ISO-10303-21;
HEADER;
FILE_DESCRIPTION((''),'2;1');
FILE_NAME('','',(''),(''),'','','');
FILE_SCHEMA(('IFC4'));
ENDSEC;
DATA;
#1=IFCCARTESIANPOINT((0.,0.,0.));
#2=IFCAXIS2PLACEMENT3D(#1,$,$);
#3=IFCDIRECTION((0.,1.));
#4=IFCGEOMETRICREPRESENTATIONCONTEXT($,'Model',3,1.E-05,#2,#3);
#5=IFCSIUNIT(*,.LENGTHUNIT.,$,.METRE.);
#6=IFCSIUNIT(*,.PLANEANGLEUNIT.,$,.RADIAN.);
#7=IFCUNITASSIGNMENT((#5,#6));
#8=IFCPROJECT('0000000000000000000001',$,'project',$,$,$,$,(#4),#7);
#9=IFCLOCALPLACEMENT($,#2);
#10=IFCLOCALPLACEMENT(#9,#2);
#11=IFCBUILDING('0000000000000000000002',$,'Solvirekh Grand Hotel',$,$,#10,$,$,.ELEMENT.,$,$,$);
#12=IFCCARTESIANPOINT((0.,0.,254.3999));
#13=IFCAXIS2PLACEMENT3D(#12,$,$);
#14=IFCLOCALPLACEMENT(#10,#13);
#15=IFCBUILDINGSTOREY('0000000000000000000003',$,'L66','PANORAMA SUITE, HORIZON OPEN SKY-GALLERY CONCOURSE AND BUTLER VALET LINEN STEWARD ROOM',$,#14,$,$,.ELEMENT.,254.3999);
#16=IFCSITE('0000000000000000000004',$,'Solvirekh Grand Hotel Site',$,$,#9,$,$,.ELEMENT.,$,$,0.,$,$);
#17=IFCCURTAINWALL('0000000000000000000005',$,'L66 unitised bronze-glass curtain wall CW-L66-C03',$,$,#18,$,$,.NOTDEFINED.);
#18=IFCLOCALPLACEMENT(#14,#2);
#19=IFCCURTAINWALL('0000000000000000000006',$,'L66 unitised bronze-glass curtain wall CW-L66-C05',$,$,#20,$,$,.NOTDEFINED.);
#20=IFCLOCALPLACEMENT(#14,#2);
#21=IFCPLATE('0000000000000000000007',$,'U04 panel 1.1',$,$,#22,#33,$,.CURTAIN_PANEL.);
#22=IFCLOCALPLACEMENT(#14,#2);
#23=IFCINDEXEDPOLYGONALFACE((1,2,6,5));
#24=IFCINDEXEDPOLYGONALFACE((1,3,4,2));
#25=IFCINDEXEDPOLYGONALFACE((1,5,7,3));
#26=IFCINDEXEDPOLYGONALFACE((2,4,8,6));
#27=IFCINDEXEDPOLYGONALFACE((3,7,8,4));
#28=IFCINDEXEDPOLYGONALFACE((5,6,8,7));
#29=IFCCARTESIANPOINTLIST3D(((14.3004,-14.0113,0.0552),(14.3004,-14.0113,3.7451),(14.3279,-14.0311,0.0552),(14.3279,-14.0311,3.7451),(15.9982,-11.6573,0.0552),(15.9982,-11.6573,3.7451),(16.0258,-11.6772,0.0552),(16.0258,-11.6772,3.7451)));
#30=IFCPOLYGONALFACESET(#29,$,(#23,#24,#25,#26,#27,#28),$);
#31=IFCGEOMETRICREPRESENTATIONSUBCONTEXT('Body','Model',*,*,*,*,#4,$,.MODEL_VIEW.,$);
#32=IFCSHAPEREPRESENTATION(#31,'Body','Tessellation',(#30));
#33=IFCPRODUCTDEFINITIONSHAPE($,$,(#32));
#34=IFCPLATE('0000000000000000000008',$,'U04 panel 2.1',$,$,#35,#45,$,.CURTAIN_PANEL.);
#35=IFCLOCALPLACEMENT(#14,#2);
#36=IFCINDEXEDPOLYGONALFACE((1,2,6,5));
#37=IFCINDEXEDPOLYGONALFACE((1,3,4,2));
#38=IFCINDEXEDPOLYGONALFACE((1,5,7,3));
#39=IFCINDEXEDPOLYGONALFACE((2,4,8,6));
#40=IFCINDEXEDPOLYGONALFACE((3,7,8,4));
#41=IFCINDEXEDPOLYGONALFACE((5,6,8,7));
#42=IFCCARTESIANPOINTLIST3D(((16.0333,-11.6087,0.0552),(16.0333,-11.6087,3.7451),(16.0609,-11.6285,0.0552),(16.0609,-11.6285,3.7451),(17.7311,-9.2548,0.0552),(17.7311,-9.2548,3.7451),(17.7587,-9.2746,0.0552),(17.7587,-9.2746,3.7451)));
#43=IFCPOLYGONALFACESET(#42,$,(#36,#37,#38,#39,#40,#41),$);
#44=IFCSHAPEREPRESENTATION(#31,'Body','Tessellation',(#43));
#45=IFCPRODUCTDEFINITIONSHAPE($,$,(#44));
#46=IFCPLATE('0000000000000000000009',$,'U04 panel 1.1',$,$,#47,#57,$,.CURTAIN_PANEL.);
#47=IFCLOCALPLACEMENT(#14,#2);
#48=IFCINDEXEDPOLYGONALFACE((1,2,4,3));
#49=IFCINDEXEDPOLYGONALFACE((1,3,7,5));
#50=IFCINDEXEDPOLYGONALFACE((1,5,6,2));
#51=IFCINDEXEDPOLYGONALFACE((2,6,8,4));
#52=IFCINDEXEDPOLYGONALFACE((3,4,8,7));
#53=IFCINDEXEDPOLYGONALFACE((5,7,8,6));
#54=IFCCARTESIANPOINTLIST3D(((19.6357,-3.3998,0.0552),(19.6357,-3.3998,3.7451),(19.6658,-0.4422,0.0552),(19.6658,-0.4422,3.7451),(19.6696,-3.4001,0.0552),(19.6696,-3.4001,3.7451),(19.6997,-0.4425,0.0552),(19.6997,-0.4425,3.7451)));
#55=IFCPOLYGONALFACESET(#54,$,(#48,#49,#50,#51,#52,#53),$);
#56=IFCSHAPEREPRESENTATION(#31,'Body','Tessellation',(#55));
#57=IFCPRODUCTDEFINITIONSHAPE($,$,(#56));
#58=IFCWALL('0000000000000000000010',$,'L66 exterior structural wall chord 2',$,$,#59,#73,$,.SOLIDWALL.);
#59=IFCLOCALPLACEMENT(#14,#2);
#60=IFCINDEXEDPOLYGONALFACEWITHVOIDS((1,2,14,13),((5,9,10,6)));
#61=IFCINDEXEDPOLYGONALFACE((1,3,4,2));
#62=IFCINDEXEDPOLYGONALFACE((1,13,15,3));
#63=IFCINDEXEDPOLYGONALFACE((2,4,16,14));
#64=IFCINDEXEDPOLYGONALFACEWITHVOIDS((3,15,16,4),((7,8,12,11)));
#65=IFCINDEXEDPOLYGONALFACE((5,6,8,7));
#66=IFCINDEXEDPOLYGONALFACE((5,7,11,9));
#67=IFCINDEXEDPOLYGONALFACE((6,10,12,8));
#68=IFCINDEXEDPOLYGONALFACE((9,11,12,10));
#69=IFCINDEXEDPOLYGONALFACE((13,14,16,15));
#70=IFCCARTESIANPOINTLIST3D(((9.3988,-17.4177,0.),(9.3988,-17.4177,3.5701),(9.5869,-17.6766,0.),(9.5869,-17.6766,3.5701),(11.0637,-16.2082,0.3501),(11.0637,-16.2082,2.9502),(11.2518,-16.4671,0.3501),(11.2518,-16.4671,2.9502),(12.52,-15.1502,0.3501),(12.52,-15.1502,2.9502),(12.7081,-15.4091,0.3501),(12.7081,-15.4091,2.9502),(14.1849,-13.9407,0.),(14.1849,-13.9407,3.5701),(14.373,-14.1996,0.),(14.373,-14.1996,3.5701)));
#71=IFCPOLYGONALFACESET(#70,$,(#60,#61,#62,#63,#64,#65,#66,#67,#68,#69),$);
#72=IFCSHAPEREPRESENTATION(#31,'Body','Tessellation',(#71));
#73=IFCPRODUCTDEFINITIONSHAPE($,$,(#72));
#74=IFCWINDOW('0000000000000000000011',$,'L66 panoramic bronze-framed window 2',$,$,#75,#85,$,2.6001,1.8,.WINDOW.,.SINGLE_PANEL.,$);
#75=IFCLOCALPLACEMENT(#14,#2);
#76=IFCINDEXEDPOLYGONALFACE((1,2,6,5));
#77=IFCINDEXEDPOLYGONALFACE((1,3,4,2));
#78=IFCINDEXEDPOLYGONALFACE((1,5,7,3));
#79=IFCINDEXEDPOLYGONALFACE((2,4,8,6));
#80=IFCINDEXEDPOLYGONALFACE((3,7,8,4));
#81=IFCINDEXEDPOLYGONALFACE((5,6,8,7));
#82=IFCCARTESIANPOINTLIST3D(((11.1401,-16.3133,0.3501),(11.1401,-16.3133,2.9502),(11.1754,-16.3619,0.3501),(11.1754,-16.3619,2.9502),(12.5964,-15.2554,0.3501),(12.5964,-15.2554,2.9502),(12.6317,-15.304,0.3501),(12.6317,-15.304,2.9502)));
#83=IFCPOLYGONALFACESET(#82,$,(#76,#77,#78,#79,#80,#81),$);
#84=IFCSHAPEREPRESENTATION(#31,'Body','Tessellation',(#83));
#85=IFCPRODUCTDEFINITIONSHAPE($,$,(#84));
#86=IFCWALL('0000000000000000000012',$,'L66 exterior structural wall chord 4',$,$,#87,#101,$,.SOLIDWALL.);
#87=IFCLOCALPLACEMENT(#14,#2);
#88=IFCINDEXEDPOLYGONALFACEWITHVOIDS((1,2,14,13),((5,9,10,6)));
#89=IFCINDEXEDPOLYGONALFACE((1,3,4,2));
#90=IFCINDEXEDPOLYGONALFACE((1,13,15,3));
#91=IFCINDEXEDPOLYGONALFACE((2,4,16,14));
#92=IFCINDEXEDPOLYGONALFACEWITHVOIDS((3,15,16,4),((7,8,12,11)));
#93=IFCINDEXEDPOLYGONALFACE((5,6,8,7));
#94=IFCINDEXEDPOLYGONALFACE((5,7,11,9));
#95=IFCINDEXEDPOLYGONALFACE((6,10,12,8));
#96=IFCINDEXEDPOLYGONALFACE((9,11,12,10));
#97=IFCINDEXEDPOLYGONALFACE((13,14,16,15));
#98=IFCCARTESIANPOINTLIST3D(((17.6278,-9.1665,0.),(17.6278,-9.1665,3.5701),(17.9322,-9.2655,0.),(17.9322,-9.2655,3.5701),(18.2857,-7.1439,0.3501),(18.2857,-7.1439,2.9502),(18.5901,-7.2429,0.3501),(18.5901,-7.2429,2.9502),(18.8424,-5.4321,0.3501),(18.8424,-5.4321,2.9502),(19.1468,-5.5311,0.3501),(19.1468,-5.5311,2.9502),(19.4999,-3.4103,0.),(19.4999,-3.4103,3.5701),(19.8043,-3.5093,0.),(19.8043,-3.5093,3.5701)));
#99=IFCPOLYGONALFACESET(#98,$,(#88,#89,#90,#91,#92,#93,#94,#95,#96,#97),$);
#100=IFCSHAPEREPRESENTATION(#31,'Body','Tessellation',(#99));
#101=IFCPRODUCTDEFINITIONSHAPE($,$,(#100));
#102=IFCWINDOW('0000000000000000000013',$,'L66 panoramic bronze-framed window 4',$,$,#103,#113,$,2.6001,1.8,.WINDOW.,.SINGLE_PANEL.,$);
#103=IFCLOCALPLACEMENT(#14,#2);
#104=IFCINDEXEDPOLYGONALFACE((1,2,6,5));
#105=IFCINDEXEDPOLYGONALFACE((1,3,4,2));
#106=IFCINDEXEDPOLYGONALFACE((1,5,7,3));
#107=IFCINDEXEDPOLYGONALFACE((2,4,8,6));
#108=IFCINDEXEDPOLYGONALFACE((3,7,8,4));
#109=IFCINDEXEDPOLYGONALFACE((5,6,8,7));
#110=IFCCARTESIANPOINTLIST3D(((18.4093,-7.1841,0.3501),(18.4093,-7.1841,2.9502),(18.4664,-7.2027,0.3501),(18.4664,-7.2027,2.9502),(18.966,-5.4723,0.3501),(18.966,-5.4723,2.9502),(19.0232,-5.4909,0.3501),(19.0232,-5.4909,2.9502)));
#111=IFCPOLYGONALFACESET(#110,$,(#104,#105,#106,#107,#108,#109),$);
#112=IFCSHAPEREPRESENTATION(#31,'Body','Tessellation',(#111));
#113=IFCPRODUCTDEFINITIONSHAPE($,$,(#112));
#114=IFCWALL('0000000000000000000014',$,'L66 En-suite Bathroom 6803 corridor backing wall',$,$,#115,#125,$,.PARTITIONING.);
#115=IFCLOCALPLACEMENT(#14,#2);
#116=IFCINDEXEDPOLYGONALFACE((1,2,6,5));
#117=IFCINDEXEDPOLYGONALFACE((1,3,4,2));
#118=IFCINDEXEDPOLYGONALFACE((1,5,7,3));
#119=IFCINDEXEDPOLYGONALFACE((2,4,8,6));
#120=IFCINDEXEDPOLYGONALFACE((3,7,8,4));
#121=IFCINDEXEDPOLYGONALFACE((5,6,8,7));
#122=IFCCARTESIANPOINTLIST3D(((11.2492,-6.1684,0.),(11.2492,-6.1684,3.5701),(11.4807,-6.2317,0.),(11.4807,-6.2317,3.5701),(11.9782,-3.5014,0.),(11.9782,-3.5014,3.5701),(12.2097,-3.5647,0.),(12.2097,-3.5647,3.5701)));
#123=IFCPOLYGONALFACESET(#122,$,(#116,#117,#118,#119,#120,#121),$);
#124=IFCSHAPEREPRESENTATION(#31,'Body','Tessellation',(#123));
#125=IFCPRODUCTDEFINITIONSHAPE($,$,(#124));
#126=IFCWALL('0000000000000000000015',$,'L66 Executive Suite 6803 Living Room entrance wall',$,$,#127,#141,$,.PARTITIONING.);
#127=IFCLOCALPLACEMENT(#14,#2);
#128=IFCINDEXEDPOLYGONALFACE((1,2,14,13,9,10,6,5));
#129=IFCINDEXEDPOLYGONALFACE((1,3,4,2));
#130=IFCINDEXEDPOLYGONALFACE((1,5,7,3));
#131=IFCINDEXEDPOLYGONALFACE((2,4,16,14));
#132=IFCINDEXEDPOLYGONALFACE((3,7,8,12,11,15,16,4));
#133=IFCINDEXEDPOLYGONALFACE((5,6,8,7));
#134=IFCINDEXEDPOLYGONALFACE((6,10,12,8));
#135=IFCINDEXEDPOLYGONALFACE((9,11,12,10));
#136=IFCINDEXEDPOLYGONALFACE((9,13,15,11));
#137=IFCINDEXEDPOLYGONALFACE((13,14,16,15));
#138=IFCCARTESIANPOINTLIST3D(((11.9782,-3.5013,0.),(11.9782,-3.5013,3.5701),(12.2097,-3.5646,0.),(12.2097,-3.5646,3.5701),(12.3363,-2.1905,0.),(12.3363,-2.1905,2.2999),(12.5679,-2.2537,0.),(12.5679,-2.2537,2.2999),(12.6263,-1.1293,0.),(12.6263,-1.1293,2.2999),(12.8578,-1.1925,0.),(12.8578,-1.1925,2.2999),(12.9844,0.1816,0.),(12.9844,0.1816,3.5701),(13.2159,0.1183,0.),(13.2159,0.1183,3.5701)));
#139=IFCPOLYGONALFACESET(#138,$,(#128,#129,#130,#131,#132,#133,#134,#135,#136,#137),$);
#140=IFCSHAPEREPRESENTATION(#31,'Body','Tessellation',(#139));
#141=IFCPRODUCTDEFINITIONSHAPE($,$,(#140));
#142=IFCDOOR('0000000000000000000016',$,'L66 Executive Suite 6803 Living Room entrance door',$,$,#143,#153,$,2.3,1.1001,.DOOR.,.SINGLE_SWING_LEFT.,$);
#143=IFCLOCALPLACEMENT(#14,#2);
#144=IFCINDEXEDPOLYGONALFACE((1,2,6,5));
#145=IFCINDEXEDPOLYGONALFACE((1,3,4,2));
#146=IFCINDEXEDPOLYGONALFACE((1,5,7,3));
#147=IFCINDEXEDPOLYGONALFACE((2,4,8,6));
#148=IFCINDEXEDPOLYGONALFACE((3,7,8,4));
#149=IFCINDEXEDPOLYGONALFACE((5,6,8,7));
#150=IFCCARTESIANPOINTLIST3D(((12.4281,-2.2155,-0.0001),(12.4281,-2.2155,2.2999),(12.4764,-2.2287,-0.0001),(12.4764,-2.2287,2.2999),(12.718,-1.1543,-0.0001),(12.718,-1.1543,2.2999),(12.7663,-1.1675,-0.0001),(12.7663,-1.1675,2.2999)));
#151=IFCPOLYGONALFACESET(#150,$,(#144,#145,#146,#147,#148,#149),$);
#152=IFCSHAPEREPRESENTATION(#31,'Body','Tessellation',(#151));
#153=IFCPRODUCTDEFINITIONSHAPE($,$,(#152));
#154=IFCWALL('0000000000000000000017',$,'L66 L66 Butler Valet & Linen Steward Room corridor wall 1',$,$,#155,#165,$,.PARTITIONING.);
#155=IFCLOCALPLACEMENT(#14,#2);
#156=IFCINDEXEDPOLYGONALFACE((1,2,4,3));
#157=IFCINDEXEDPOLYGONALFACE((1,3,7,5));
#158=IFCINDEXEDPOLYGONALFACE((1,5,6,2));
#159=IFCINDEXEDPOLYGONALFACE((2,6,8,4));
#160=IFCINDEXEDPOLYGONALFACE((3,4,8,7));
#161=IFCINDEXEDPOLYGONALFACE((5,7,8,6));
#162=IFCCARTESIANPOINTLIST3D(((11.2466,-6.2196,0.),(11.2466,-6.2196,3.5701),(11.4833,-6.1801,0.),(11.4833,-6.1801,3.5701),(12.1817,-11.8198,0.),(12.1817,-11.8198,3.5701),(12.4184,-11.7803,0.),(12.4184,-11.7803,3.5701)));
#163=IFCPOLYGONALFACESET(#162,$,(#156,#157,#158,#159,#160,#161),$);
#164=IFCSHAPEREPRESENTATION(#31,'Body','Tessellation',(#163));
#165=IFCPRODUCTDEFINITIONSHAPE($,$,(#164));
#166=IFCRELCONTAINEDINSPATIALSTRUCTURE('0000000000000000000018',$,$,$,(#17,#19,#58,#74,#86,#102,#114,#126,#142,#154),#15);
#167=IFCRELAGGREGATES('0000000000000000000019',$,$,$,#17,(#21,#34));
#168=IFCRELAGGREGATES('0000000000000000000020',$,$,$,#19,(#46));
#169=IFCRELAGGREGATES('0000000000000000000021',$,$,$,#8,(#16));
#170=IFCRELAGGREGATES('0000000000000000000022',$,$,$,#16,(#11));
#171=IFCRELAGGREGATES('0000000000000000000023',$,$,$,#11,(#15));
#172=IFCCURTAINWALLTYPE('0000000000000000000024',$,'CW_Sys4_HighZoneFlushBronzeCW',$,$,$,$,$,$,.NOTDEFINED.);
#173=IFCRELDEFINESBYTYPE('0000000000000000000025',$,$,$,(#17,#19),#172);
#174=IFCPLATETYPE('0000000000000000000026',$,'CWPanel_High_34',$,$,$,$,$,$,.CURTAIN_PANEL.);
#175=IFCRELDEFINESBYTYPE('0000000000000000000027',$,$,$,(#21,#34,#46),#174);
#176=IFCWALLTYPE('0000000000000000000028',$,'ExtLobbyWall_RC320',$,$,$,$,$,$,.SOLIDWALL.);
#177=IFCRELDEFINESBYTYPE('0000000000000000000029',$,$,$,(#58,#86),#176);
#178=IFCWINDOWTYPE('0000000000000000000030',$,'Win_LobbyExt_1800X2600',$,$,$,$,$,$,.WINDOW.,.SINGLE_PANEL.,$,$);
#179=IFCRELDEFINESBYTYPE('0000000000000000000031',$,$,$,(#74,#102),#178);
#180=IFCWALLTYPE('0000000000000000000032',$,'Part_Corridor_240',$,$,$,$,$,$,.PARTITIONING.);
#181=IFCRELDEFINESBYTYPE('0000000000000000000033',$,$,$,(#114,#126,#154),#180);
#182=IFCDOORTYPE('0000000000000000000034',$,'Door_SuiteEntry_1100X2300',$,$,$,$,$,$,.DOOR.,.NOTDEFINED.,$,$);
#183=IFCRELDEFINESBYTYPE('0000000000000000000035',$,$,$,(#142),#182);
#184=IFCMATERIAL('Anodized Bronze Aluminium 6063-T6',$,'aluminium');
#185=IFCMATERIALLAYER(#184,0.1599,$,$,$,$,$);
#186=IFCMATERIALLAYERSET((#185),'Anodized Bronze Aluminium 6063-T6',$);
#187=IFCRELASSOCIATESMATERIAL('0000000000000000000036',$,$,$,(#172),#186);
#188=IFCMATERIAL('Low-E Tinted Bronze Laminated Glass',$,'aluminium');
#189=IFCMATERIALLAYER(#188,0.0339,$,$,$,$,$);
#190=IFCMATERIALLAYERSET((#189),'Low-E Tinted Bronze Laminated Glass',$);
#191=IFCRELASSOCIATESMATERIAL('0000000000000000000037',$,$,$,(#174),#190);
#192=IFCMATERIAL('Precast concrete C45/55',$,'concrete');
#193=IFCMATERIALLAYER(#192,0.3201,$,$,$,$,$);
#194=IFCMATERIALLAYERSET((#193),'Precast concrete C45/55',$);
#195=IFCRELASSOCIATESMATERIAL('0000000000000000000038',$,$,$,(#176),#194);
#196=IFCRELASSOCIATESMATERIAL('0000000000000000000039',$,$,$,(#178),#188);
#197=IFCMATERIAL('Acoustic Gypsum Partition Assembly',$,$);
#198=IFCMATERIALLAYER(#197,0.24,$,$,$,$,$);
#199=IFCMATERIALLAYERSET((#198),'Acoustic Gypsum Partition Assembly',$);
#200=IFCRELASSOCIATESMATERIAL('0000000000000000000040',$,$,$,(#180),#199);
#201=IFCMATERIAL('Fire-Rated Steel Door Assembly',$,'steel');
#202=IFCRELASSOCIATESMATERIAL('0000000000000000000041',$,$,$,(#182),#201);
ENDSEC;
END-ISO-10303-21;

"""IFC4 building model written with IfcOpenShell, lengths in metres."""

from ifc_helpers import new_model, si_unit, direction, frame, frame_2d, origin, origin_2d, place, context, subcontext, project, spatial, rectangle, extrude, source, transform, mapped, material, layer, layer_set, type_object, element, fill, aggregate, save


model = new_model("IFC4")

# Units and contexts
model_context = context("Model", 3, precision=1e-05, world=origin(), true_north=direction((0.0, 1.0)))
body_context = subcontext(model_context, "Body", "Model", "MODEL_VIEW")
ifc_project = project(units=[si_unit("LENGTHUNIT", "METRE"), si_unit("PLANEANGLEUNIT", "RADIAN")], contexts=[model_context])

# Site, building, storey
site_placement = place(None, origin())
site = spatial("IfcSite", under=ifc_project, at=site_placement, Name="Solvirekh Grand Hotel Site", CompositionType="ELEMENT", RefElevation=0.0)
building_placement = place(site_placement, origin())
building = spatial("IfcBuilding", under=site, at=building_placement, Name="Solvirekh Grand Hotel", CompositionType="ELEMENT")
storey_placement = place(building_placement, frame((0.0, 0.0, 254.3999)))
storey = spatial("IfcBuildingStorey", under=building, at=storey_placement, Name="L66", Description="PANORAMA SUITE, HORIZON OPEN SKY-GALLERY CONCOURSE AND BUTLER VALET LINEN STEWARD ROOM", CompositionType="ELEMENT", Elevation=254.3999)

# Shared definitions
ifc_material_1 = material(Name="Anodized Bronze Aluminium 6063-T6", Category="aluminium")
ifc_layer_1 = layer(ifc_material_1, 0.1599)
ifc_layer_set_1 = layer_set([ifc_layer_1], Name="Anodized Bronze Aluminium 6063-T6")
curtain_wall_type = type_object("IfcCurtainWallType", Name="CW_Sys4_HighZoneFlushBronzeCW", PredefinedType="NOTDEFINED", material=ifc_layer_set_1)

# Curtain walls
curtain_wall_1_placement = place(storey_placement, origin())
curtain_wall_1 = element("IfcCurtainWall", 1, at=curtain_wall_1_placement, inside=storey, type_object=curtain_wall_type, Name="L66 unitised bronze-glass curtain wall CW-L66-C03", PredefinedType="NOTDEFINED")
curtain_wall_2_placement = place(storey_placement, origin())
curtain_wall_2 = element("IfcCurtainWall", 2, at=curtain_wall_2_placement, inside=storey, type_object=curtain_wall_type, Name="L66 unitised bronze-glass curtain wall CW-L66-C05", PredefinedType="NOTDEFINED")

# Plates
ifc_material_2 = material(Name="Low-E Tinted Bronze Laminated Glass", Category="aluminium")
ifc_layer_2 = layer(ifc_material_2, 0.0339)
ifc_layer_set_2 = layer_set([ifc_layer_2], Name="Low-E Tinted Bronze Laminated Glass")
plate_type = type_object("IfcPlateType", Name="CWPanel_High_34", PredefinedType="CURTAIN_PANEL", material=ifc_layer_set_2)
shared_shape_1 = source(origin(), body_context, "Body", "SweptSolid", [
    extrude(rectangle(XDim=2.9023, YDim=0.0339, at=origin_2d()), origin(), (0.0, 0.0, 1.0), 3.6899),
])
plate_1_placement = place(storey_placement, frame((15.1631, -12.8442, 0.0552), z_axis=(0.0, 0.0, 1.0), x_axis=(0.584978, 0.811049, 0.0)))
plate_1 = element("IfcPlate", 3, at=plate_1_placement, type_object=plate_type, Name="U04 panel 1.1", PredefinedType="CURTAIN_PANEL", context=body_context, shape_type="MappedRepresentation", body=[
    mapped(shared_shape_1, transform((0.0, 0.0, 0.0), x_axis=(1.0, 0.0, 0.0), y_axis=(0.0, 1.0, 0.0), z_axis=(0.0, 0.0, 1.0), scale=1.0)),
])
plate_2_placement = place(storey_placement, frame((16.896, -10.4417, 0.0552), z_axis=(0.0, 0.0, 1.0), x_axis=(0.584978, 0.811049, 0.0)))
plate_2 = element("IfcPlate", 4, at=plate_2_placement, type_object=plate_type, Name="U04 panel 2.1", PredefinedType="CURTAIN_PANEL", context=body_context, shape_type="MappedRepresentation", body=[
    mapped(shared_shape_1, transform((0.0, 0.0, 0.0), x_axis=(1.0, 0.0, 0.0), y_axis=(0.0, 1.0, 0.0), z_axis=(0.0, 0.0, 1.0), scale=1.0)),
])
aggregate(curtain_wall_1, [plate_1, plate_2])
shared_shape_2 = source(origin(), body_context, "Body", "SweptSolid", [
    extrude(rectangle(XDim=2.9578, YDim=0.0339, at=origin_2d()), origin(), (0.0, 0.0, 1.0), 3.6899),
])
plate_3_placement = place(storey_placement, frame((19.6677, -1.9211, 0.0552), z_axis=(0.0, 0.0, 1.0), x_axis=(0.010172, 0.999948, 0.0)))
plate_3 = element("IfcPlate", 5, at=plate_3_placement, type_object=plate_type, Name="U04 panel 1.1", PredefinedType="CURTAIN_PANEL", context=body_context, shape_type="MappedRepresentation", body=[
    mapped(shared_shape_2, transform((0.0, 0.0, 0.0), x_axis=(1.0, 0.0, 0.0), y_axis=(0.0, 1.0, 0.0), z_axis=(0.0, 0.0, 1.0), scale=1.0)),
])
aggregate(curtain_wall_2, [plate_3])

# Walls, openings, windows
ifc_material_3 = material(Name="Precast concrete C45/55", Category="concrete")
ifc_layer_3 = layer(ifc_material_3, 0.3201)
ifc_layer_set_3 = layer_set([ifc_layer_3], Name="Precast concrete C45/55")
wall_type_1 = type_object("IfcWallType", Name="ExtLobbyWall_RC320", PredefinedType="SOLIDWALL", material=ifc_layer_set_3)
wall_1_placement = place(storey_placement, frame((14.2791, -14.0701, 0.0), z_axis=(0.0, 0.0, 1.0), x_axis=(-0.809039, -0.587754, 0.0)))
wall_1 = element("IfcWall", 6, at=wall_1_placement, inside=storey, type_object=wall_type_1, Name="L66 exterior structural wall chord 2", PredefinedType="SOLIDWALL", context=body_context, shape_type="SweptSolid", body=[
    extrude(rectangle(XDim=5.9158, YDim=0.3201, at=frame_2d((2.958, 0.0))), origin(), (0.0, 0.0, 1.0), 3.5701),
])
opening_1_placement = place(wall_1_placement, frame((2.0581, 0.0, 0.3501)))
opening_1 = element("IfcOpeningElement", 7, at=opening_1_placement, cuts=wall_1, PredefinedType="OPENING", context=body_context, shape_type="SweptSolid", body=[
    extrude(rectangle(XDim=1.8, YDim=2.6001, at=frame_2d((0.8999, 1.3))), frame((0.0, 0.1699, 0.0), z_axis=(0.0, -1.0, 0.0), x_axis=(1.0, 0.0, 0.0)), (0.0, 0.0, 1.0), 0.3401),
])
window_type = type_object("IfcWindowType", Name="Win_LobbyExt_1800X2600", PartitioningType="SINGLE_PANEL", PredefinedType="WINDOW", material=ifc_material_2)
window_1_placement = place(opening_1_placement, origin())
window_1 = element("IfcWindow", 8, at=window_1_placement, inside=storey, type_object=window_type, Name="L66 panoramic bronze-framed window 2", OverallHeight=2.6001, OverallWidth=1.8, PartitioningType="SINGLE_PANEL", PredefinedType="WINDOW", context=body_context, shape_type="SweptSolid", body=[
    extrude(rectangle(XDim=1.8, YDim=2.6001, at=frame_2d((0.8999, 1.3))), frame((0.0, 0.03, 0.0), z_axis=(0.0, -1.0, 0.0), x_axis=(1.0, 0.0, 0.0)), (0.0, 0.0, 1.0), 0.0601),
])
fill(opening_1, window_1)
wall_2_placement = place(storey_placement, frame((19.6521, -3.46, 0.0), z_axis=(0.0, 0.0, 1.0), x_axis=(-0.309286, -0.950969, 0.0)))
wall_2 = element("IfcWall", 9, at=wall_2_placement, inside=storey, type_object=wall_type_1, Name="L66 exterior structural wall chord 4", PredefinedType="SOLIDWALL", context=body_context, shape_type="SweptSolid", body=[
    extrude(rectangle(XDim=6.053, YDim=0.3201, at=frame_2d((3.0264, 0.0))), origin(), (0.0, 0.0, 1.0), 3.5701),
])
opening_2_placement = place(wall_2_placement, frame((2.126, 0.0, 0.3501)))
opening_2 = element("IfcOpeningElement", 10, at=opening_2_placement, cuts=wall_2, PredefinedType="OPENING", context=body_context, shape_type="SweptSolid", body=[
    extrude(rectangle(XDim=1.8, YDim=2.6001, at=frame_2d((0.8999, 1.3))), frame((0.0, 0.1699, 0.0), z_axis=(0.0, -1.0, 0.0), x_axis=(1.0, 0.0, 0.0)), (0.0, 0.0, 1.0), 0.3401),
])
window_2_placement = place(opening_2_placement, origin())
window_2 = element("IfcWindow", 11, at=window_2_placement, inside=storey, type_object=window_type, Name="L66 panoramic bronze-framed window 4", OverallHeight=2.6001, OverallWidth=1.8, PartitioningType="SINGLE_PANEL", PredefinedType="WINDOW", context=body_context, shape_type="SweptSolid", body=[
    extrude(rectangle(XDim=1.8, YDim=2.6001, at=frame_2d((0.8999, 1.3))), frame((0.0, 0.03, 0.0), z_axis=(0.0, -1.0, 0.0), x_axis=(1.0, 0.0, 0.0)), (0.0, 0.0, 1.0), 0.0601),
])
fill(opening_2, window_2)

# Wall
ifc_material_4 = material(Name="Acoustic Gypsum Partition Assembly")
ifc_layer_4 = layer(ifc_material_4, 0.24)
ifc_layer_set_4 = layer_set([ifc_layer_4], Name="Acoustic Gypsum Partition Assembly")
wall_type_2 = type_object("IfcWallType", Name="Part_Corridor_240", PredefinedType="PARTITIONING", material=ifc_layer_set_4)
wall_3_placement = place(storey_placement, frame((11.365, -6.2, 0.0), z_axis=(0.0, 0.0, 1.0), x_axis=(0.26367, 0.964613, 0.0)))
element("IfcWall", 12, at=wall_3_placement, inside=storey, type_object=wall_type_2, Name="L66 En-suite Bathroom 6803 corridor backing wall", PredefinedType="PARTITIONING", context=body_context, shape_type="SweptSolid", body=[
    extrude(rectangle(XDim=2.7649, YDim=0.24, at=frame_2d((1.3823, 0.0))), origin(), (0.0, 0.0, 1.0), 3.5701),
])

# Wall, opening, door
wall_4_placement = place(storey_placement, frame((12.094, -3.533, 0.0), z_axis=(0.0, 0.0, 1.0), x_axis=(0.263529, 0.964652, 0.0)))
wall_4 = element("IfcWall", 13, at=wall_4_placement, inside=storey, type_object=wall_type_2, Name="L66 Executive Suite 6803 Living Room entrance wall", PredefinedType="PARTITIONING", context=body_context, shape_type="SweptSolid", body=[
    extrude(rectangle(XDim=3.8179, YDim=0.24, at=frame_2d((1.9089, 0.0))), origin(), (0.0, 0.0, 1.0), 3.5701),
])
opening_3_placement = place(wall_4_placement, frame((1.3589, 0.0, 0.0)))
opening_3 = element("IfcOpeningElement", 14, at=opening_3_placement, cuts=wall_4, PredefinedType="OPENING", context=body_context, shape_type="SweptSolid", body=[
    extrude(rectangle(XDim=1.1001, YDim=2.3, at=frame_2d((0.55, 1.1499))), frame((0.0, 0.1299, 0.0), z_axis=(0.0, -1.0, 0.0), x_axis=(1.0, 0.0, 0.0)), (0.0, 0.0, 1.0), 0.26),
])
ifc_material_5 = material(Name="Fire-Rated Steel Door Assembly", Category="steel")
door_type_1 = type_object("IfcDoorType", Name="Door_SuiteEntry_1100X2300", OperationType="NOTDEFINED", PredefinedType="DOOR", material=ifc_material_5)
door_1_placement = place(opening_3_placement, origin())
door_1 = element("IfcDoor", 15, at=door_1_placement, inside=storey, type_object=door_type_1, Name="L66 Executive Suite 6803 Living Room entrance door", OperationType="SINGLE_SWING_LEFT", OverallHeight=2.3, OverallWidth=1.1001, PredefinedType="DOOR", context=body_context, shape_type="SweptSolid", body=[
    extrude(rectangle(XDim=1.1001, YDim=2.3, at=frame_2d((0.55, 1.1499))), frame((0.0, 0.0249, 0.0), z_axis=(0.0, -1.0, 0.0), x_axis=(1.0, 0.0, 0.0)), (0.0, 0.0, 1.0), 0.05),
])
fill(opening_3, door_1)

# Wall
wall_5_placement = place(storey_placement, frame((12.3, -11.8, 0.0), z_axis=(0.0, 0.0, 1.0), x_axis=(-0.164692, 0.986345, 0.0)))
element("IfcWall", 16, at=wall_5_placement, inside=storey, type_object=wall_type_2, Name="L66 L66 Butler Valet & Linen Steward Room corridor wall 1", PredefinedType="PARTITIONING", context=body_context, shape_type="SweptSolid", body=[
    extrude(rectangle(XDim=5.6777, YDim=0.24, at=frame_2d((2.8389, 0.0))), origin(), (0.0, 0.0, 1.0), 3.5701),
])

save(model, "model.ifc")
